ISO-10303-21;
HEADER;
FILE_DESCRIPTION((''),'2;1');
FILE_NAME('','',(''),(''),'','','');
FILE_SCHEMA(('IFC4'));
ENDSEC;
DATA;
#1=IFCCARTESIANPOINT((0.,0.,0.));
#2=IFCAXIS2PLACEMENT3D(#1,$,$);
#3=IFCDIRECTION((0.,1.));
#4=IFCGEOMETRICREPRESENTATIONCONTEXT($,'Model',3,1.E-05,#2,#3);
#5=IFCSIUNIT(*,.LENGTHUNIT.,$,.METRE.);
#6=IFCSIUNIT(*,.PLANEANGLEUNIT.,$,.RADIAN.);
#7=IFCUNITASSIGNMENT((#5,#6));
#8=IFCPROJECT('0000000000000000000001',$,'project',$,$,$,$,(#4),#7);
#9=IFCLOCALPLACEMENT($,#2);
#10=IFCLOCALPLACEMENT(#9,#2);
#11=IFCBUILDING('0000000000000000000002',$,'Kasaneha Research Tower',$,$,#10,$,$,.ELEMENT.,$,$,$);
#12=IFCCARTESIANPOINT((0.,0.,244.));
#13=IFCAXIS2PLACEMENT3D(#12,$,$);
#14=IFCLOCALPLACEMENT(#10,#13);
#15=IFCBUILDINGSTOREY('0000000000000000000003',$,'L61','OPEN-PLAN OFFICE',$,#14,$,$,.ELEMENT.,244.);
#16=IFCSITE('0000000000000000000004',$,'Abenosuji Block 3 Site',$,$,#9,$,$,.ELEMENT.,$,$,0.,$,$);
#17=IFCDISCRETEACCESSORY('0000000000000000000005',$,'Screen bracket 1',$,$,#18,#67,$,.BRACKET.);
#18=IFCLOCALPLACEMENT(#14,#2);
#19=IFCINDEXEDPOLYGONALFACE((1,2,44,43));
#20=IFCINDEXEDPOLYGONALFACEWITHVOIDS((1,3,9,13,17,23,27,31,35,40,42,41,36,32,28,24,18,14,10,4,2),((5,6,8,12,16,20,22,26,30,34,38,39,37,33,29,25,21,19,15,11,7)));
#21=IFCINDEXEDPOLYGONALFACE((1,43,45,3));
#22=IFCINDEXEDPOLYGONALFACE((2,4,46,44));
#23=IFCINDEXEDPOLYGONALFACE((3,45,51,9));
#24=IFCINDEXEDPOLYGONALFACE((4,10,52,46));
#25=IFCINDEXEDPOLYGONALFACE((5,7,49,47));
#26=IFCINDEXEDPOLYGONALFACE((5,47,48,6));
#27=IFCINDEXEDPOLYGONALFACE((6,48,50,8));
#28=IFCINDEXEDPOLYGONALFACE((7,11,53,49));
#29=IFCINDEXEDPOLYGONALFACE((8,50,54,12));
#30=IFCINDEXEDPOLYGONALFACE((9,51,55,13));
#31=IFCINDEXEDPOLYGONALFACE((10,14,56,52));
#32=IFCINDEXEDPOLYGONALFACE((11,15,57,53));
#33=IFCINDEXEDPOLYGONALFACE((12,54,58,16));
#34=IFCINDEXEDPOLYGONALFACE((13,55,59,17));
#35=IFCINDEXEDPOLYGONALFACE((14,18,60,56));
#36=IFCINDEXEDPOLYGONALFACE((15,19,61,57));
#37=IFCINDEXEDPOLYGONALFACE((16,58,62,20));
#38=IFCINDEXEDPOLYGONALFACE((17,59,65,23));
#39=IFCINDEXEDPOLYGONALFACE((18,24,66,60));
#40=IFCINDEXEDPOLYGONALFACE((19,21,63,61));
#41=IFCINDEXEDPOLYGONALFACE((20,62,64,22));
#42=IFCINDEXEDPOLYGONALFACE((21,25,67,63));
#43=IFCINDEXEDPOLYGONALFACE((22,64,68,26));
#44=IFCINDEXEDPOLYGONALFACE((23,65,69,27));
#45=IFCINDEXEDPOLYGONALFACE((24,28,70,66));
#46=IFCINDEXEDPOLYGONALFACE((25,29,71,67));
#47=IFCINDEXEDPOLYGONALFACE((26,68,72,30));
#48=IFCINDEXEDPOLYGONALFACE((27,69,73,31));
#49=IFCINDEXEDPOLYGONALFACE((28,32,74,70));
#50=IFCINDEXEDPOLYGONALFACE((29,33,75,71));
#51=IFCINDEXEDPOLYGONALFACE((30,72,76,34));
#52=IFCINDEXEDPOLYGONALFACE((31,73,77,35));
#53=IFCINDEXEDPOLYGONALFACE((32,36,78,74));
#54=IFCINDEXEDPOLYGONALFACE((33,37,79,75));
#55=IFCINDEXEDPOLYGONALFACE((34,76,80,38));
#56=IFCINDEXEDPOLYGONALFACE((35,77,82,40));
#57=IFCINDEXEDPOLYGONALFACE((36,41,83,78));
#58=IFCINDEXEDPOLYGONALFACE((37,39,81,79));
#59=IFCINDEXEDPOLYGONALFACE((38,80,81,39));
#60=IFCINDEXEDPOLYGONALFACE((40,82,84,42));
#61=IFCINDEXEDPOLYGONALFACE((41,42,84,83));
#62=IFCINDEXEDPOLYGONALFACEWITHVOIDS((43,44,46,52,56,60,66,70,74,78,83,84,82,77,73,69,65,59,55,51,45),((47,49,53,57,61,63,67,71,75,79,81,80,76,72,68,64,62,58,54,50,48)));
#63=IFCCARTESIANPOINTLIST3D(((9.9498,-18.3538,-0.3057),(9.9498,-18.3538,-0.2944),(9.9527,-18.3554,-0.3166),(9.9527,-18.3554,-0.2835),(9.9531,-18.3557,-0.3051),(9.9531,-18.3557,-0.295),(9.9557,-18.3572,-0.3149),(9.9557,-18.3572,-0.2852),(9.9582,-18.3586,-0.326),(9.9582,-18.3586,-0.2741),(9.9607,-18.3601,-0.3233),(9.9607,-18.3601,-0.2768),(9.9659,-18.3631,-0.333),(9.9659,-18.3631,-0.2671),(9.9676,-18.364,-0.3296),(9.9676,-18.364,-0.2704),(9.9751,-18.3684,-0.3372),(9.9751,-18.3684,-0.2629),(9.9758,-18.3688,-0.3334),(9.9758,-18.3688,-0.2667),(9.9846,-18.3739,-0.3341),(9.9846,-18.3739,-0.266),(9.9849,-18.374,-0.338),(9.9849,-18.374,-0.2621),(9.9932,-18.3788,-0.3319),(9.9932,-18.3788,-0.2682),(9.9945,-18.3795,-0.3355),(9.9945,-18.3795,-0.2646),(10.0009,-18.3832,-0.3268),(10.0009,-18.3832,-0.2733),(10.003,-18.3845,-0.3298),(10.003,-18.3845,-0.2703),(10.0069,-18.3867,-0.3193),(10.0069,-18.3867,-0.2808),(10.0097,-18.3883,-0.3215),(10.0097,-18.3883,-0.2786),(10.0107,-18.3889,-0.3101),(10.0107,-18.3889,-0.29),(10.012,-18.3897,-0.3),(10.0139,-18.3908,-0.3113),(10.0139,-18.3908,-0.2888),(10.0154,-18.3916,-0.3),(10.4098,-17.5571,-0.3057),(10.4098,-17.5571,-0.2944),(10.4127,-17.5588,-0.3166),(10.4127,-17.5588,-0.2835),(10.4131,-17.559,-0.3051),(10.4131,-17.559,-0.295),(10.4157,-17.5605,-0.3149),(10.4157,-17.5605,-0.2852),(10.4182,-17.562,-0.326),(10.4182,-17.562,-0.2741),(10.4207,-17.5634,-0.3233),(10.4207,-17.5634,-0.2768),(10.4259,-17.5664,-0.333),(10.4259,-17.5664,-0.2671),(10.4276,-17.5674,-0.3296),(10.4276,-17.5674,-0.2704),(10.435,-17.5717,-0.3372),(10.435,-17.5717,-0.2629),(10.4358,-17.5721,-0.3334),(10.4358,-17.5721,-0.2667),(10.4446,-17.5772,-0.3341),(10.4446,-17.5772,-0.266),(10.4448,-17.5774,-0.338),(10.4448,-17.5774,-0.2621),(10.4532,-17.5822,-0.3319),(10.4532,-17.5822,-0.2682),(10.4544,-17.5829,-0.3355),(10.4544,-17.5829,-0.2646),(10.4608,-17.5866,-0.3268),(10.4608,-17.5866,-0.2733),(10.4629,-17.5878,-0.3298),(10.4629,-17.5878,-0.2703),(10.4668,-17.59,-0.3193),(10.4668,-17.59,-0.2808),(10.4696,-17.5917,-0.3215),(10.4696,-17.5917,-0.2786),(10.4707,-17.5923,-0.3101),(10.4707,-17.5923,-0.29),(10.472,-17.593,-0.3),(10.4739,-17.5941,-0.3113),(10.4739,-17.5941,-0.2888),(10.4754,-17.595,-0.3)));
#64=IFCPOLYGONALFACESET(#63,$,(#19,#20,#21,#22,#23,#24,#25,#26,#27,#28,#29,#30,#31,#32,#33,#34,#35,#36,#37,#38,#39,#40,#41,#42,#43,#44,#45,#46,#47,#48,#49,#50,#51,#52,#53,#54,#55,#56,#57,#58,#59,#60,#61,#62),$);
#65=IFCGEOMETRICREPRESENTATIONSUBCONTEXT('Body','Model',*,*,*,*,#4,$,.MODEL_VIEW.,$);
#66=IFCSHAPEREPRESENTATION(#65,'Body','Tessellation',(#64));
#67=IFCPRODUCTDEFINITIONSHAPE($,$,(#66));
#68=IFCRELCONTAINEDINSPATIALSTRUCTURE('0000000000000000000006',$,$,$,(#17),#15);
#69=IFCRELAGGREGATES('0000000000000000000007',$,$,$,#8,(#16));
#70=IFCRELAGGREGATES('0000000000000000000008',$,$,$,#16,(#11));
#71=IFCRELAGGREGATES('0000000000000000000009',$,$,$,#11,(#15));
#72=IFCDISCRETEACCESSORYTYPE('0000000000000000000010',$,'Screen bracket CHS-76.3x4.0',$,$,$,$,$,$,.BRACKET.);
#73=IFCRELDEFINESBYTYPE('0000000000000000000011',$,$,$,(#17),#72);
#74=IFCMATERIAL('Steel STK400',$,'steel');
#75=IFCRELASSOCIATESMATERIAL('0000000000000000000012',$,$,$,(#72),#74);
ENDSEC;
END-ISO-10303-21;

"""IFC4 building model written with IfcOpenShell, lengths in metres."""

from ifc_helpers import new_model, si_unit, direction, frame, origin, origin_2d, place, context, subcontext, project, spatial, hollow_circle, extrude, material, material_profile, profile_set, type_object, element, save


model = new_model("IFC4")

# Units and contexts
model_context = context("Model", 3, precision=1e-05, world=origin(), true_north=direction((0.0, 1.0)))
body_context = subcontext(model_context, "Body", "Model", "MODEL_VIEW")
ifc_project = project(units=[si_unit("LENGTHUNIT", "METRE"), si_unit("PLANEANGLEUNIT", "RADIAN")], contexts=[model_context])

# Site, building, storey
site_placement = place(None, origin())
site = spatial("IfcSite", under=ifc_project, at=site_placement, Name="Abenosuji Block 3 Site", CompositionType="ELEMENT", RefElevation=0.0)
building_placement = place(site_placement, origin())
building = spatial("IfcBuilding", under=site, at=building_placement, Name="Kasaneha Research Tower", CompositionType="ELEMENT")
storey_placement = place(building_placement, frame((0.0, 0.0, 244.0)))
storey = spatial("IfcBuildingStorey", under=building, at=storey_placement, Name="L61", Description="OPEN-PLAN OFFICE", CompositionType="ELEMENT", Elevation=244.0)

# Discrete accessory
ifc_material_1 = material(Name="Steel STK400", Category="steel")
ifc_material_profile_1 = material_profile(ifc_material_1, hollow_circle(Radius=0.0381, WallThickness=0.0039, at=origin_2d()), Name="CHS-76.3x4.0")
ifc_profile_set_1 = profile_set([ifc_material_profile_1], Name="Steel STK400")
discrete_accessory_type = type_object("IfcDiscreteAccessoryType", Name="Screen bracket CHS-76.3x4.0", PredefinedType="BRACKET", material=ifc_profile_set_1)
for number, where, z_axis, x_axis, name in (
    (1, (10.4424, -17.5759, -0.3), (-0.500021, -0.866013, 0.0), (0.866013, -0.500021, 0.0), "Screen bracket 1"),
):
    element("IfcDiscreteAccessory", number, at=place(storey_placement, frame(where, z_axis=z_axis, x_axis=x_axis)), inside=storey, type_object=discrete_accessory_type, Name=name, PredefinedType="BRACKET", context=body_context, shape_type="SweptSolid", body=[
        extrude(hollow_circle(Radius=0.0381, WallThickness=0.0039, at=origin_2d()), origin(), (0.0, 0.0, 1.0), 0.9199),
    ])

save(model, "model.ifc")
